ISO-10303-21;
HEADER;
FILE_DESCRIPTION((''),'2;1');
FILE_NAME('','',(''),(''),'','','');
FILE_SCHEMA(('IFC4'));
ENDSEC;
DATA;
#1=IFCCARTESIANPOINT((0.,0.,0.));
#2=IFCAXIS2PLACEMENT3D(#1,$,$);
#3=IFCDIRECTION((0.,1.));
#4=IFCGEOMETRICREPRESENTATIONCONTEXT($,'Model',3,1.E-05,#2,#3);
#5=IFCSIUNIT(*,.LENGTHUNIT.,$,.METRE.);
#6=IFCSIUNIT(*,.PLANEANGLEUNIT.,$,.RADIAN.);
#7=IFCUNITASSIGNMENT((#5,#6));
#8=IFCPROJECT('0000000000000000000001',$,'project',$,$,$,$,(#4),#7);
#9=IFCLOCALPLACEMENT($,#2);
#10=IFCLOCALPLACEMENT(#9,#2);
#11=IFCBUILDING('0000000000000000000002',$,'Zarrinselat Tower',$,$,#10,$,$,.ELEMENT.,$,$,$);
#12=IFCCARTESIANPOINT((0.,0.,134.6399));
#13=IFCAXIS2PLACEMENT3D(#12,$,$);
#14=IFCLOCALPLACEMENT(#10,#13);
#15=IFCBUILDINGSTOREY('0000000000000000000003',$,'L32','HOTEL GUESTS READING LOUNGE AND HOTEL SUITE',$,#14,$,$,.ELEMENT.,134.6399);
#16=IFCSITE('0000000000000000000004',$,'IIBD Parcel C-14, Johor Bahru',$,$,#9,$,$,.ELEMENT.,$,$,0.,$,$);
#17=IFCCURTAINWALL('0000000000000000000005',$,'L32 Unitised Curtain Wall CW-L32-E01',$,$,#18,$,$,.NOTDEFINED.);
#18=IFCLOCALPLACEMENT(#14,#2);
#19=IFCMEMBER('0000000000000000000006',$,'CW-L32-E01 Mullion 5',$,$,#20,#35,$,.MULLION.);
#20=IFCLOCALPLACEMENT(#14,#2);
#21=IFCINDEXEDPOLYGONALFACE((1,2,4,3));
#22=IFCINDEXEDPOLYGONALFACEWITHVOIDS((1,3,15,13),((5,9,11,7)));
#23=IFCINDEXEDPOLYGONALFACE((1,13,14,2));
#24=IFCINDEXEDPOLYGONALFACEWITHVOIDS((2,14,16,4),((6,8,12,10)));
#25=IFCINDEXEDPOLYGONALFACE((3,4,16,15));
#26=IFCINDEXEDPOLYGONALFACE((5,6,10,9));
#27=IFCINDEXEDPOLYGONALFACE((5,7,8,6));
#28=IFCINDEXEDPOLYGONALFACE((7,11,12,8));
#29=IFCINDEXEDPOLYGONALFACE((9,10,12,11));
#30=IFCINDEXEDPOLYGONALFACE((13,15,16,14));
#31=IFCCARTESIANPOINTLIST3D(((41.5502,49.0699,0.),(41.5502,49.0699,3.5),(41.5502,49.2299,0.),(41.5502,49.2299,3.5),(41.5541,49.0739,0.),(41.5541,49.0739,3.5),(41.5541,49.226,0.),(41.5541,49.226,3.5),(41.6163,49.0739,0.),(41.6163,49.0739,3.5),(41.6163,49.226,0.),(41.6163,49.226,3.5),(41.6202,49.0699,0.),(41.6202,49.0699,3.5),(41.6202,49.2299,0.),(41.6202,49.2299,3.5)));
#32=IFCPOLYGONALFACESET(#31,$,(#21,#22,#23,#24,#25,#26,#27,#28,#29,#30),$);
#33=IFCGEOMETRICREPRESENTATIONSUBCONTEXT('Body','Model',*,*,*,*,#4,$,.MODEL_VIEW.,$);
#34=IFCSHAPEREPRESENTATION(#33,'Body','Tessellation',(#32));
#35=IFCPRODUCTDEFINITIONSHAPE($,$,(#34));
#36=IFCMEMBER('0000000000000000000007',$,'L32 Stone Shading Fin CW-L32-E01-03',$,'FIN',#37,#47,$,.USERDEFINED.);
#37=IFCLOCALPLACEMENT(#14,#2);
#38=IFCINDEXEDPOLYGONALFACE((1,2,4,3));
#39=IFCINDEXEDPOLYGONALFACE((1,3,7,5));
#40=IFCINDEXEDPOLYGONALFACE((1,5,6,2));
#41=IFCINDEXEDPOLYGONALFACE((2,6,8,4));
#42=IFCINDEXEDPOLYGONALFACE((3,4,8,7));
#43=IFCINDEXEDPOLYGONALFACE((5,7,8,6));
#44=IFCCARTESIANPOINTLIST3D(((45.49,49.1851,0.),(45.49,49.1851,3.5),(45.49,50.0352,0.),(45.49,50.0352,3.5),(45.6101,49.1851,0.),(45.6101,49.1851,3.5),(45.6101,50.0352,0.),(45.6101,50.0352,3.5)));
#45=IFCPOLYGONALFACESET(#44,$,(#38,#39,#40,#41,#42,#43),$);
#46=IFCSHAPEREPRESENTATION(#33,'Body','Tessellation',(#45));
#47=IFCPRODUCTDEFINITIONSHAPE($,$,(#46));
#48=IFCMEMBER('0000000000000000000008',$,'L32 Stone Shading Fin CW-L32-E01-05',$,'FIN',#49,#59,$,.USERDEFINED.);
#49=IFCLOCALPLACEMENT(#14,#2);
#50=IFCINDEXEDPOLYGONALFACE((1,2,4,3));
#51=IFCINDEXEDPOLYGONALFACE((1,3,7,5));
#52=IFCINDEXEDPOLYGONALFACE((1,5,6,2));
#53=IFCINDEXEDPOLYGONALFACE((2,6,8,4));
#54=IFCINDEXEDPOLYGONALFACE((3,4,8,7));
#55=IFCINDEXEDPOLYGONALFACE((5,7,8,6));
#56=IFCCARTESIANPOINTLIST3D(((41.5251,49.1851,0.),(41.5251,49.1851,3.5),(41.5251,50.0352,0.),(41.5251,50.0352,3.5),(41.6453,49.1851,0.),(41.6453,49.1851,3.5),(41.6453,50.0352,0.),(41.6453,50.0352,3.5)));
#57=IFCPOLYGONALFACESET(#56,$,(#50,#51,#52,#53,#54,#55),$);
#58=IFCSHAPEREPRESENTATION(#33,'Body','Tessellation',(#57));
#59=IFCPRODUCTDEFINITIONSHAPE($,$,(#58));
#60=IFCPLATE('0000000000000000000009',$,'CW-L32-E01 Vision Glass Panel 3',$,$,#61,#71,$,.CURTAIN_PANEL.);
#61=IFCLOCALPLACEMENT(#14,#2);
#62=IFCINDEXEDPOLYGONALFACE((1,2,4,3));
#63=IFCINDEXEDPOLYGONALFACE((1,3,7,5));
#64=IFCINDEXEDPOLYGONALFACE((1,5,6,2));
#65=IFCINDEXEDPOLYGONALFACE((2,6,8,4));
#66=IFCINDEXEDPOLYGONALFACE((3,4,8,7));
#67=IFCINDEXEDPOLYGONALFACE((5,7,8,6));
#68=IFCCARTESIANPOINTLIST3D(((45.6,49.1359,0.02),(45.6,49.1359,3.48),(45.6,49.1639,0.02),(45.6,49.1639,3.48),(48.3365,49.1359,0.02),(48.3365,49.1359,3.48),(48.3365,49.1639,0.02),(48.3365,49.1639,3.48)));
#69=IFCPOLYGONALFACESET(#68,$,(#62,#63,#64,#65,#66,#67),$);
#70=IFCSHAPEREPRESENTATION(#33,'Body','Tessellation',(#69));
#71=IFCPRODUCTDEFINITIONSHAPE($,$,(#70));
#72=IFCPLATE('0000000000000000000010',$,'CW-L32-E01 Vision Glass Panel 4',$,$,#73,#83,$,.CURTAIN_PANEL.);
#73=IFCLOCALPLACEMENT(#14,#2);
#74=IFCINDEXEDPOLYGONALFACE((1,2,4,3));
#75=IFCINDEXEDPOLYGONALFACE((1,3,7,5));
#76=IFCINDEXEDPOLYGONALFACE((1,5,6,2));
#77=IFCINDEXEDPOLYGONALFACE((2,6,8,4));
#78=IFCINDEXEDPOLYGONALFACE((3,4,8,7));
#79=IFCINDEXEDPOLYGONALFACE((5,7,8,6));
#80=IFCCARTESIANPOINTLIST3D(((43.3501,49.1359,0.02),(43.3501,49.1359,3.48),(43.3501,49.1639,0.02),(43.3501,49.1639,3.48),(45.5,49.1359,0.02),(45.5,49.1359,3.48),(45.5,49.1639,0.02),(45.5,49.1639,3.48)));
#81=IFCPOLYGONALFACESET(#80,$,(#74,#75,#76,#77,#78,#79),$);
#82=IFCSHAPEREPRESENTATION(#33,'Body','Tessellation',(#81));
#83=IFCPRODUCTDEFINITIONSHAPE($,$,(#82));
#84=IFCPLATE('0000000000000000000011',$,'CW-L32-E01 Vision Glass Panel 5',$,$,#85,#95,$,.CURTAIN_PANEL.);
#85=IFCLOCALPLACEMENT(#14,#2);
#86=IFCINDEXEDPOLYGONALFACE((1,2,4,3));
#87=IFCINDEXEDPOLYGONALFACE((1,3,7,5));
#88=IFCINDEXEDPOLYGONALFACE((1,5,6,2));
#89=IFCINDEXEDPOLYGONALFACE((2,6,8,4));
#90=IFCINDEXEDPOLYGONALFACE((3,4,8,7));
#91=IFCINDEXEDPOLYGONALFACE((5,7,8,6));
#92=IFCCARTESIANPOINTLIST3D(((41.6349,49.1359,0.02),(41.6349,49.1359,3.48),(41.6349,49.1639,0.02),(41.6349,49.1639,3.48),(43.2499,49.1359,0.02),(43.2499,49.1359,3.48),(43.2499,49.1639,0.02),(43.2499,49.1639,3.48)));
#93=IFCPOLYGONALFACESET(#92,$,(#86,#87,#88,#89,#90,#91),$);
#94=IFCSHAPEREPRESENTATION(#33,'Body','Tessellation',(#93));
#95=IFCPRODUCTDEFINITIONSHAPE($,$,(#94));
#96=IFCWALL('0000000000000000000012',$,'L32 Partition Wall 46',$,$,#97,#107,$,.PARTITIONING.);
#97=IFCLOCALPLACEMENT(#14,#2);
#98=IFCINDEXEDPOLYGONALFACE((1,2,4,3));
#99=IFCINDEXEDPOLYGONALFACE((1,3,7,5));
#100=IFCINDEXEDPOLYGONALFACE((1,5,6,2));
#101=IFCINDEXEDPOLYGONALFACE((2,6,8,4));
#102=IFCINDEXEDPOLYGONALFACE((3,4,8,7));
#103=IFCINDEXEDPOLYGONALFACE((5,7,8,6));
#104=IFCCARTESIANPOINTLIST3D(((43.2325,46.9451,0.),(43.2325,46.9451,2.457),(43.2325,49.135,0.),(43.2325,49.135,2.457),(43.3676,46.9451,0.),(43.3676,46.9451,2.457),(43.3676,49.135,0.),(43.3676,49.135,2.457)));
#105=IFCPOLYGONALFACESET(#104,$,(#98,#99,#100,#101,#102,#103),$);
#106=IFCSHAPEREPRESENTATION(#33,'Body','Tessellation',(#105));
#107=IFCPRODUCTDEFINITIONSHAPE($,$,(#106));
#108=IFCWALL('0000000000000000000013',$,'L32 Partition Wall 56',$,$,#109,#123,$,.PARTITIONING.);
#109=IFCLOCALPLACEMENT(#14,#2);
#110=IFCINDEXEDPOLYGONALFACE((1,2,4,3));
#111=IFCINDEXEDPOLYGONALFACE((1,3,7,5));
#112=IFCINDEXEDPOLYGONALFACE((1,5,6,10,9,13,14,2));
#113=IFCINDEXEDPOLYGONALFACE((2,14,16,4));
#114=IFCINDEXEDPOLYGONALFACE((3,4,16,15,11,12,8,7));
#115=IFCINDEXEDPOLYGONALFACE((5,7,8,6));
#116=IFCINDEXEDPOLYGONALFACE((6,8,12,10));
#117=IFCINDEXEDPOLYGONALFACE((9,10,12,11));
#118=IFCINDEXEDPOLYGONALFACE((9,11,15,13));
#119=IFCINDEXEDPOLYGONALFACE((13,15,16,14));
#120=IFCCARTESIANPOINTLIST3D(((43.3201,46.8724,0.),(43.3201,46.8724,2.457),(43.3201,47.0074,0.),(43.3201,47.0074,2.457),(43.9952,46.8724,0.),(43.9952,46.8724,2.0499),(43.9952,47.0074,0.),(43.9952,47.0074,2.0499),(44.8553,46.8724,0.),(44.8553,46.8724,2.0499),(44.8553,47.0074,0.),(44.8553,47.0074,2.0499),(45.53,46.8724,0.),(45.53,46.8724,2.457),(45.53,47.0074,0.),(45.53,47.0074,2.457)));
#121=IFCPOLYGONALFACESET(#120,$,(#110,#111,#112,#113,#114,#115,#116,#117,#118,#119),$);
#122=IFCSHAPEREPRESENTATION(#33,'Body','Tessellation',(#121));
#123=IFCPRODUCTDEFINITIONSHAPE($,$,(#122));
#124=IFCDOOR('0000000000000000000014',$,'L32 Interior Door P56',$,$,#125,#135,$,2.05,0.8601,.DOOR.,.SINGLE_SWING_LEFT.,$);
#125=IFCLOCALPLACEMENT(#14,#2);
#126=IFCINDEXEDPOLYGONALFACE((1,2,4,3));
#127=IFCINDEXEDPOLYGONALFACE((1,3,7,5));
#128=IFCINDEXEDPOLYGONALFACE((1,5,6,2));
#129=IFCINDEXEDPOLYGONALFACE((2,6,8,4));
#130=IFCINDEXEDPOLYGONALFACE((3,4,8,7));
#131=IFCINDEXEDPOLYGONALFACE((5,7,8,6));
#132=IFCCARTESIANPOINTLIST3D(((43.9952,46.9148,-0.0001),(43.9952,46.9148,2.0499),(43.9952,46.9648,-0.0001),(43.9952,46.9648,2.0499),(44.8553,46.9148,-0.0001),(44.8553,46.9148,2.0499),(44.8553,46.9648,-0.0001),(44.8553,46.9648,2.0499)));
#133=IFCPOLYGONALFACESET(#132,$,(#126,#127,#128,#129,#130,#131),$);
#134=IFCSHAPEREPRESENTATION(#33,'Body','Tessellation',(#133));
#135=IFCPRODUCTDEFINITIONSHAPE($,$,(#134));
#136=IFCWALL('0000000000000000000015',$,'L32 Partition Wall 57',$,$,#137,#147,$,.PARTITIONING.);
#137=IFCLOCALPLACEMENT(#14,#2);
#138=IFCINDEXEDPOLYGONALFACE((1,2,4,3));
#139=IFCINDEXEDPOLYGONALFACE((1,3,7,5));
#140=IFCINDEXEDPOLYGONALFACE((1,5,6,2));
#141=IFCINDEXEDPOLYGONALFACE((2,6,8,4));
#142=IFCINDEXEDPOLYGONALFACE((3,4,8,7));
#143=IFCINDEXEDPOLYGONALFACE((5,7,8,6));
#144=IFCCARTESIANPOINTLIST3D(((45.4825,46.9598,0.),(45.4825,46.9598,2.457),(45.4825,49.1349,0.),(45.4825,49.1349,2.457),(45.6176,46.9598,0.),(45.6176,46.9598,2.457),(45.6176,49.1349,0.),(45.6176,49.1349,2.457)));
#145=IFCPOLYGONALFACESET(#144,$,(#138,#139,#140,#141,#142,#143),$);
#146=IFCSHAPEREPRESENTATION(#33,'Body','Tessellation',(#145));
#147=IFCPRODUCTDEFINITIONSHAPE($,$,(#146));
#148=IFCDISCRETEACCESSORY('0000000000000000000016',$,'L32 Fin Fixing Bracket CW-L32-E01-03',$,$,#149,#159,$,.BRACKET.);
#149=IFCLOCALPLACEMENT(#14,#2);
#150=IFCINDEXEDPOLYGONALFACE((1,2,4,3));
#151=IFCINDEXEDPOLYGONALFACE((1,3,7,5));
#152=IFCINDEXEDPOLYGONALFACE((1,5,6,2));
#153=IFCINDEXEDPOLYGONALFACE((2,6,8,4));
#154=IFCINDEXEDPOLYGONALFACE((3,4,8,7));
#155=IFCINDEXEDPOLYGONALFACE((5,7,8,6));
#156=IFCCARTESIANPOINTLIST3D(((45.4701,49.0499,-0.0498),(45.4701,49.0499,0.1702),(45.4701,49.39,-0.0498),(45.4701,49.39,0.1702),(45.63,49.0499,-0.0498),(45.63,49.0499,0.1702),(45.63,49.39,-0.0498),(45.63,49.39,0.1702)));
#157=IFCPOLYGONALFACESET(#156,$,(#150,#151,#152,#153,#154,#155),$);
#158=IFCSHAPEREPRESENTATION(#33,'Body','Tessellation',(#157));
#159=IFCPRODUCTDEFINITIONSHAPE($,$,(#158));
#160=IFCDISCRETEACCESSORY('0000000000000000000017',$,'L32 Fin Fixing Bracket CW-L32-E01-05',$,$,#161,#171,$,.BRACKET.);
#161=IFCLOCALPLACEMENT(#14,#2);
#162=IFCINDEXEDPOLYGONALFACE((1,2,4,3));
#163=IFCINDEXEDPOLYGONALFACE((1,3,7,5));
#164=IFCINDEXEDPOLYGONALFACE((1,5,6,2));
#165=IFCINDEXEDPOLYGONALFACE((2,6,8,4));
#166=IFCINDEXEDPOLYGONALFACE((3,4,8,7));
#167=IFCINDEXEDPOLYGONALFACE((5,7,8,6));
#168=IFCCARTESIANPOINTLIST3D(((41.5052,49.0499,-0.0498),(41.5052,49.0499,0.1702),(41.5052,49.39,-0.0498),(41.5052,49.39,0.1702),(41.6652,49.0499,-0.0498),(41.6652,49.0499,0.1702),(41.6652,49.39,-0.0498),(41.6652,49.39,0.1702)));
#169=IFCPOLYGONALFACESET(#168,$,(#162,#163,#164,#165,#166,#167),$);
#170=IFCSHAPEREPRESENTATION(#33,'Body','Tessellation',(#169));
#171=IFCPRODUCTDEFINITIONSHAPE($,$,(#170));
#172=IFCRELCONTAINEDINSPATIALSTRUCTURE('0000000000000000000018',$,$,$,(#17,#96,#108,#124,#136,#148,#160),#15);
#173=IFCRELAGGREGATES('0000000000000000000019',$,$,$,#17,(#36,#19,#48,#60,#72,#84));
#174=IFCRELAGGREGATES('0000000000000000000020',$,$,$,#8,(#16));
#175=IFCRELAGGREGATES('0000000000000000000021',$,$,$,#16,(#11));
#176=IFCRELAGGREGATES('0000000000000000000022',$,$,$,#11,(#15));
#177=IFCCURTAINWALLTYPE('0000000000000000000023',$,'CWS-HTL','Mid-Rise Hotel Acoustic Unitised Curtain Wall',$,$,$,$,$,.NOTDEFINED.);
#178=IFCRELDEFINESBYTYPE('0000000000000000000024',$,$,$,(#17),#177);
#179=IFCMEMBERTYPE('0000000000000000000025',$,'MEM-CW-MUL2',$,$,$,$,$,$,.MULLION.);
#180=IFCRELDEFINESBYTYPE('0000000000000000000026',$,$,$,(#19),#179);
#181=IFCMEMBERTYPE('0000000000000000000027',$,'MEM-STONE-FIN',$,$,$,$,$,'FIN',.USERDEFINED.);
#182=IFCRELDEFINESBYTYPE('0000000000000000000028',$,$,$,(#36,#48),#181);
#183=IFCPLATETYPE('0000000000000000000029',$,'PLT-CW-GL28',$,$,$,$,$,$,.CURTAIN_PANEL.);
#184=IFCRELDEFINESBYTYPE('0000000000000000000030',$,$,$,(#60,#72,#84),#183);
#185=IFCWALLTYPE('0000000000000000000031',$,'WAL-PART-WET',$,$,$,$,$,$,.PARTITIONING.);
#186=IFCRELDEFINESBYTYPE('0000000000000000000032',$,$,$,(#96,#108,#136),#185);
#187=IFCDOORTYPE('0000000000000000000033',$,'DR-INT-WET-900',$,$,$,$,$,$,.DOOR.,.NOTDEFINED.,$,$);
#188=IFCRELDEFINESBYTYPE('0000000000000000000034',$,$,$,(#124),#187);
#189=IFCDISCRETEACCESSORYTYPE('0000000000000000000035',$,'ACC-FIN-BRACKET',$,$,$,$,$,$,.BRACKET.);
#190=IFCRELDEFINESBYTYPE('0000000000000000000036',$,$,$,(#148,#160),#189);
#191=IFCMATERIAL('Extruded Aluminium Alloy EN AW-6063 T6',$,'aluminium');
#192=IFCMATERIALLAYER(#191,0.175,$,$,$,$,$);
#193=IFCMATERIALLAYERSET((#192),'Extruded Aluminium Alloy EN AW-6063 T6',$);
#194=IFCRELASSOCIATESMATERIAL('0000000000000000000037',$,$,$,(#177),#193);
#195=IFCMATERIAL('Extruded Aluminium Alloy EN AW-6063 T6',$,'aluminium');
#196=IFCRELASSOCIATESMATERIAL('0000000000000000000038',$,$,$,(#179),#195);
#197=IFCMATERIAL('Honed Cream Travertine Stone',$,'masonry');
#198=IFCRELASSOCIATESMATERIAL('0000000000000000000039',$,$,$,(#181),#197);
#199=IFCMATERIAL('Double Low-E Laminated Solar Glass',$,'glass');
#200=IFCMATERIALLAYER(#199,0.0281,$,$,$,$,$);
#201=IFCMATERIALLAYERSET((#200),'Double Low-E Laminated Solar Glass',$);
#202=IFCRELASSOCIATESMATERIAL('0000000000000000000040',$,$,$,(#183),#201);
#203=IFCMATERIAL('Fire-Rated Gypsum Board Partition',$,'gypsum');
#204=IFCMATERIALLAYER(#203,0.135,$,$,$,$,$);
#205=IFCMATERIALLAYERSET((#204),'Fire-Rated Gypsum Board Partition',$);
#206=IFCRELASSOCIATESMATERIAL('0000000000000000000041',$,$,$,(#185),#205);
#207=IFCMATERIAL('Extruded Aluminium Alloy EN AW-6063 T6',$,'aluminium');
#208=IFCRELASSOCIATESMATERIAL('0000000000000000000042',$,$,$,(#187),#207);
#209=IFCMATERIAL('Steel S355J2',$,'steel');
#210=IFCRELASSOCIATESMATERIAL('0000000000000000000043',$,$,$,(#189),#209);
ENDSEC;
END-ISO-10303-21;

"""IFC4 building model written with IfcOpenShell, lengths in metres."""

from ifc_helpers import new_model, si_unit, direction, frame, frame_2d, origin, origin_2d, place, context, subcontext, project, spatial, rectangle, hollow_rectangle, extrude, material, layer, layer_set, material_profile, profile_set, type_object, element, fill, aggregate, save


model = new_model("IFC4")

# Units and contexts
model_context = context("Model", 3, precision=1e-05, world=origin(), true_north=direction((0.0, 1.0)))
body_context = subcontext(model_context, "Body", "Model", "MODEL_VIEW")
ifc_project = project(units=[si_unit("LENGTHUNIT", "METRE"), si_unit("PLANEANGLEUNIT", "RADIAN")], contexts=[model_context])

# Site, building, storey
site_placement = place(None, origin())
site = spatial("IfcSite", under=ifc_project, at=site_placement, Name="IIBD Parcel C-14, Johor Bahru", CompositionType="ELEMENT", RefElevation=0.0)
building_placement = place(site_placement, origin())
building = spatial("IfcBuilding", under=site, at=building_placement, Name="Zarrinselat Tower", CompositionType="ELEMENT")
storey_placement = place(building_placement, frame((0.0, 0.0, 134.6399)))
storey = spatial("IfcBuildingStorey", under=building, at=storey_placement, Name="L32", Description="HOTEL GUESTS READING LOUNGE AND HOTEL SUITE", CompositionType="ELEMENT", Elevation=134.6399)

# Curtain wall, members, plates
ifc_material_1 = material(Name="Extruded Aluminium Alloy EN AW-6063 T6", Category="aluminium")
ifc_layer_1 = layer(ifc_material_1, 0.175)
ifc_layer_set_1 = layer_set([ifc_layer_1], Name="Extruded Aluminium Alloy EN AW-6063 T6")
curtain_wall_type = type_object("IfcCurtainWallType", Name="CWS-HTL", Description="Mid-Rise Hotel Acoustic Unitised Curtain Wall", PredefinedType="NOTDEFINED", material=ifc_layer_set_1)
curtain_wall_placement = place(storey_placement, origin())
curtain_wall = element("IfcCurtainWall", 1, at=curtain_wall_placement, inside=storey, type_object=curtain_wall_type, Name="L32 Unitised Curtain Wall CW-L32-E01", PredefinedType="NOTDEFINED")
ifc_material_2 = material(Name="Extruded Aluminium Alloy EN AW-6063 T6", Category="aluminium")
ifc_material_profile_1 = material_profile(ifc_material_2, hollow_rectangle(XDim=0.0701, YDim=0.1599, WallThickness=0.0039, at=origin_2d()), Name="RHS 160x70x4")
ifc_profile_set_1 = profile_set([ifc_material_profile_1], Name="Extruded Aluminium Alloy EN AW-6063 T6")
member_type_1 = type_object("IfcMemberType", Name="MEM-CW-MUL2", PredefinedType="MULLION", material=ifc_profile_set_1)
member_1_placement = place(storey_placement, frame((41.5852, 49.1499, 0.0), z_axis=(0.0, 0.0, 1.0), x_axis=(-1.0, 0.0, 0.0)))
member_1 = element("IfcMember", 2, at=member_1_placement, type_object=member_type_1, Name="CW-L32-E01 Mullion 5", PredefinedType="MULLION", context=body_context, shape_type="SweptSolid", body=[
    extrude(hollow_rectangle(XDim=0.0701, YDim=0.1599, WallThickness=0.0039, at=origin_2d()), origin(), (0.0, 0.0, 1.0), 3.5),
])
ifc_material_3 = material(Name="Honed Cream Travertine Stone", Category="masonry")
ifc_material_profile_2 = material_profile(ifc_material_3, rectangle(XDim=0.1201, YDim=0.8501, at=origin_2d()), Name="FIN 850x120")
ifc_profile_set_2 = profile_set([ifc_material_profile_2], Name="Honed Cream Travertine Stone")
member_type_2 = type_object("IfcMemberType", Name="MEM-STONE-FIN", ElementType="FIN", PredefinedType="USERDEFINED", material=ifc_profile_set_2)
member_2_placement = place(storey_placement, frame((45.55, 49.6101, 0.0), z_axis=(0.0, 0.0, 1.0), x_axis=(1.0, 0.0, 0.0)))
member_2 = element("IfcMember", 3, at=member_2_placement, type_object=member_type_2, Name="L32 Stone Shading Fin CW-L32-E01-03", ObjectType="FIN", PredefinedType="USERDEFINED", context=body_context, shape_type="SweptSolid", body=[
    extrude(rectangle(XDim=0.1201, YDim=0.8501, at=origin_2d()), origin(), (0.0, 0.0, 1.0), 3.5),
])
member_3_placement = place(storey_placement, frame((41.5852, 49.6101, 0.0), z_axis=(0.0, 0.0, 1.0), x_axis=(1.0, 0.0, 0.0)))
member_3 = element("IfcMember", 4, at=member_3_placement, type_object=member_type_2, Name="L32 Stone Shading Fin CW-L32-E01-05", ObjectType="FIN", PredefinedType="USERDEFINED", context=body_context, shape_type="SweptSolid", body=[
    extrude(rectangle(XDim=0.1201, YDim=0.8501, at=origin_2d()), origin(), (0.0, 0.0, 1.0), 3.5),
])
ifc_material_4 = material(Name="Double Low-E Laminated Solar Glass", Category="glass")
ifc_layer_2 = layer(ifc_material_4, 0.0281)
ifc_layer_set_2 = layer_set([ifc_layer_2], Name="Double Low-E Laminated Solar Glass")
plate_type = type_object("IfcPlateType", Name="PLT-CW-GL28", PredefinedType="CURTAIN_PANEL", material=ifc_layer_set_2)
plate_1_placement = place(storey_placement, frame((46.9683, 49.1499, 0.02), z_axis=(0.0, 0.0, 1.0), x_axis=(-1.0, 0.0, 0.0)))
plate_1 = element("IfcPlate", 5, at=plate_1_placement, type_object=plate_type, Name="CW-L32-E01 Vision Glass Panel 3", PredefinedType="CURTAIN_PANEL", context=body_context, shape_type="SweptSolid", body=[
    extrude(rectangle(XDim=2.7366, YDim=0.0281, at=origin_2d()), origin(), (0.0, 0.0, 1.0), 3.46),
])
plate_2_placement = place(storey_placement, frame((44.425, 49.1499, 0.02), z_axis=(0.0, 0.0, 1.0), x_axis=(-1.0, 0.0, 0.0)))
plate_2 = element("IfcPlate", 6, at=plate_2_placement, type_object=plate_type, Name="CW-L32-E01 Vision Glass Panel 4", PredefinedType="CURTAIN_PANEL", context=body_context, shape_type="SweptSolid", body=[
    extrude(rectangle(XDim=2.1499, YDim=0.0281, at=origin_2d()), origin(), (0.0, 0.0, 1.0), 3.46),
])
plate_3_placement = place(storey_placement, frame((42.4424, 49.1499, 0.02), z_axis=(0.0, 0.0, 1.0), x_axis=(-1.0, 0.0, 0.0)))
plate_3 = element("IfcPlate", 7, at=plate_3_placement, type_object=plate_type, Name="CW-L32-E01 Vision Glass Panel 5", PredefinedType="CURTAIN_PANEL", context=body_context, shape_type="SweptSolid", body=[
    extrude(rectangle(XDim=1.615, YDim=0.0281, at=origin_2d()), origin(), (0.0, 0.0, 1.0), 3.46),
])
aggregate(curtain_wall, [member_2, member_1, member_3, plate_1, plate_2, plate_3])

# Wall
ifc_material_5 = material(Name="Fire-Rated Gypsum Board Partition", Category="gypsum")
ifc_layer_3 = layer(ifc_material_5, 0.135)
ifc_layer_set_3 = layer_set([ifc_layer_3], Name="Fire-Rated Gypsum Board Partition")
wall_type = type_object("IfcWallType", Name="WAL-PART-WET", PredefinedType="PARTITIONING", material=ifc_layer_set_3)
wall_1_placement = place(storey_placement, frame((43.3, 46.9451, 0.0), z_axis=(0.0, 0.0, 1.0), x_axis=(0.0, 1.0, 0.0)))
element("IfcWall", 8, at=wall_1_placement, inside=storey, type_object=wall_type, Name="L32 Partition Wall 46", PredefinedType="PARTITIONING", context=body_context, shape_type="SweptSolid", body=[
    extrude(rectangle(XDim=2.1899, YDim=0.135, at=frame_2d((1.095, 0.0))), origin(), (0.0, 0.0, 1.0), 2.457),
])

# Wall, opening, door
wall_2_placement = place(storey_placement, frame((43.3201, 46.9399, 0.0), z_axis=(0.0, 0.0, 1.0), x_axis=(1.0, 0.0, 0.0)))
wall_2 = element("IfcWall", 9, at=wall_2_placement, inside=storey, type_object=wall_type, Name="L32 Partition Wall 56", PredefinedType="PARTITIONING", context=body_context, shape_type="SweptSolid", body=[
    extrude(rectangle(XDim=2.21, YDim=0.135, at=frame_2d((1.105, 0.0))), origin(), (0.0, 0.0, 1.0), 2.457),
])
opening_placement = place(wall_2_placement, frame((0.675, 0.0, 0.0)))
opening = element("IfcOpeningElement", 10, at=opening_placement, cuts=wall_2, PredefinedType="OPENING", context=body_context, shape_type="SweptSolid", body=[
    extrude(rectangle(XDim=0.8601, YDim=2.05, at=frame_2d((0.4302, 1.0249))), frame((0.0, 0.0774, 0.0), z_axis=(0.0, -1.0, 0.0), x_axis=(1.0, 0.0, 0.0)), (0.0, 0.0, 1.0), 0.155),
])
ifc_material_6 = material(Name="Extruded Aluminium Alloy EN AW-6063 T6", Category="aluminium")
door_type = type_object("IfcDoorType", Name="DR-INT-WET-900", OperationType="NOTDEFINED", PredefinedType="DOOR", material=ifc_material_6)
door_placement = place(opening_placement, origin())
door = element("IfcDoor", 11, at=door_placement, inside=storey, type_object=door_type, Name="L32 Interior Door P56", OperationType="SINGLE_SWING_LEFT", OverallHeight=2.05, OverallWidth=0.8601, PredefinedType="DOOR", context=body_context, shape_type="SweptSolid", body=[
    extrude(rectangle(XDim=0.8601, YDim=2.05, at=frame_2d((0.4302, 1.0249))), frame((0.0, 0.0249, 0.0), z_axis=(0.0, -1.0, 0.0), x_axis=(1.0, 0.0, 0.0)), (0.0, 0.0, 1.0), 0.05),
])
fill(opening, door)

# Wall
wall_3_placement = place(storey_placement, frame((45.55, 46.96, 0.0), z_axis=(0.0, 0.0, 1.0), x_axis=(0.0, 1.0, 0.0)))
element("IfcWall", 12, at=wall_3_placement, inside=storey, type_object=wall_type, Name="L32 Partition Wall 57", PredefinedType="PARTITIONING", context=body_context, shape_type="SweptSolid", body=[
    extrude(rectangle(XDim=2.175, YDim=0.135, at=frame_2d((1.0874, 0.0))), origin(), (0.0, 0.0, 1.0), 2.457),
])

# Discrete accessories
ifc_material_7 = material(Name="Steel S355J2", Category="steel")
discrete_accessory_type = type_object("IfcDiscreteAccessoryType", Name="ACC-FIN-BRACKET", PredefinedType="BRACKET", material=ifc_material_7)
for number, where, z_axis, x_axis, name in (
    (13, (45.55, 49.22, -0.0498), (0.0, 0.0, 1.0), (0.0, 1.0, 0.0), "L32 Fin Fixing Bracket CW-L32-E01-03"),
    (14, (41.5852, 49.22, -0.0498), (0.0, 0.0, 1.0), (0.0, 1.0, 0.0), "L32 Fin Fixing Bracket CW-L32-E01-05"),
):
    element("IfcDiscreteAccessory", number, at=place(storey_placement, frame(where, z_axis=z_axis, x_axis=x_axis)), inside=storey, type_object=discrete_accessory_type, Name=name, PredefinedType="BRACKET", context=body_context, shape_type="SweptSolid", body=[
        extrude(rectangle(XDim=0.3401, YDim=0.1599, at=origin_2d()), origin(), (0.0, 0.0, 1.0), 0.22),
    ])

save(model, "model.ifc")
